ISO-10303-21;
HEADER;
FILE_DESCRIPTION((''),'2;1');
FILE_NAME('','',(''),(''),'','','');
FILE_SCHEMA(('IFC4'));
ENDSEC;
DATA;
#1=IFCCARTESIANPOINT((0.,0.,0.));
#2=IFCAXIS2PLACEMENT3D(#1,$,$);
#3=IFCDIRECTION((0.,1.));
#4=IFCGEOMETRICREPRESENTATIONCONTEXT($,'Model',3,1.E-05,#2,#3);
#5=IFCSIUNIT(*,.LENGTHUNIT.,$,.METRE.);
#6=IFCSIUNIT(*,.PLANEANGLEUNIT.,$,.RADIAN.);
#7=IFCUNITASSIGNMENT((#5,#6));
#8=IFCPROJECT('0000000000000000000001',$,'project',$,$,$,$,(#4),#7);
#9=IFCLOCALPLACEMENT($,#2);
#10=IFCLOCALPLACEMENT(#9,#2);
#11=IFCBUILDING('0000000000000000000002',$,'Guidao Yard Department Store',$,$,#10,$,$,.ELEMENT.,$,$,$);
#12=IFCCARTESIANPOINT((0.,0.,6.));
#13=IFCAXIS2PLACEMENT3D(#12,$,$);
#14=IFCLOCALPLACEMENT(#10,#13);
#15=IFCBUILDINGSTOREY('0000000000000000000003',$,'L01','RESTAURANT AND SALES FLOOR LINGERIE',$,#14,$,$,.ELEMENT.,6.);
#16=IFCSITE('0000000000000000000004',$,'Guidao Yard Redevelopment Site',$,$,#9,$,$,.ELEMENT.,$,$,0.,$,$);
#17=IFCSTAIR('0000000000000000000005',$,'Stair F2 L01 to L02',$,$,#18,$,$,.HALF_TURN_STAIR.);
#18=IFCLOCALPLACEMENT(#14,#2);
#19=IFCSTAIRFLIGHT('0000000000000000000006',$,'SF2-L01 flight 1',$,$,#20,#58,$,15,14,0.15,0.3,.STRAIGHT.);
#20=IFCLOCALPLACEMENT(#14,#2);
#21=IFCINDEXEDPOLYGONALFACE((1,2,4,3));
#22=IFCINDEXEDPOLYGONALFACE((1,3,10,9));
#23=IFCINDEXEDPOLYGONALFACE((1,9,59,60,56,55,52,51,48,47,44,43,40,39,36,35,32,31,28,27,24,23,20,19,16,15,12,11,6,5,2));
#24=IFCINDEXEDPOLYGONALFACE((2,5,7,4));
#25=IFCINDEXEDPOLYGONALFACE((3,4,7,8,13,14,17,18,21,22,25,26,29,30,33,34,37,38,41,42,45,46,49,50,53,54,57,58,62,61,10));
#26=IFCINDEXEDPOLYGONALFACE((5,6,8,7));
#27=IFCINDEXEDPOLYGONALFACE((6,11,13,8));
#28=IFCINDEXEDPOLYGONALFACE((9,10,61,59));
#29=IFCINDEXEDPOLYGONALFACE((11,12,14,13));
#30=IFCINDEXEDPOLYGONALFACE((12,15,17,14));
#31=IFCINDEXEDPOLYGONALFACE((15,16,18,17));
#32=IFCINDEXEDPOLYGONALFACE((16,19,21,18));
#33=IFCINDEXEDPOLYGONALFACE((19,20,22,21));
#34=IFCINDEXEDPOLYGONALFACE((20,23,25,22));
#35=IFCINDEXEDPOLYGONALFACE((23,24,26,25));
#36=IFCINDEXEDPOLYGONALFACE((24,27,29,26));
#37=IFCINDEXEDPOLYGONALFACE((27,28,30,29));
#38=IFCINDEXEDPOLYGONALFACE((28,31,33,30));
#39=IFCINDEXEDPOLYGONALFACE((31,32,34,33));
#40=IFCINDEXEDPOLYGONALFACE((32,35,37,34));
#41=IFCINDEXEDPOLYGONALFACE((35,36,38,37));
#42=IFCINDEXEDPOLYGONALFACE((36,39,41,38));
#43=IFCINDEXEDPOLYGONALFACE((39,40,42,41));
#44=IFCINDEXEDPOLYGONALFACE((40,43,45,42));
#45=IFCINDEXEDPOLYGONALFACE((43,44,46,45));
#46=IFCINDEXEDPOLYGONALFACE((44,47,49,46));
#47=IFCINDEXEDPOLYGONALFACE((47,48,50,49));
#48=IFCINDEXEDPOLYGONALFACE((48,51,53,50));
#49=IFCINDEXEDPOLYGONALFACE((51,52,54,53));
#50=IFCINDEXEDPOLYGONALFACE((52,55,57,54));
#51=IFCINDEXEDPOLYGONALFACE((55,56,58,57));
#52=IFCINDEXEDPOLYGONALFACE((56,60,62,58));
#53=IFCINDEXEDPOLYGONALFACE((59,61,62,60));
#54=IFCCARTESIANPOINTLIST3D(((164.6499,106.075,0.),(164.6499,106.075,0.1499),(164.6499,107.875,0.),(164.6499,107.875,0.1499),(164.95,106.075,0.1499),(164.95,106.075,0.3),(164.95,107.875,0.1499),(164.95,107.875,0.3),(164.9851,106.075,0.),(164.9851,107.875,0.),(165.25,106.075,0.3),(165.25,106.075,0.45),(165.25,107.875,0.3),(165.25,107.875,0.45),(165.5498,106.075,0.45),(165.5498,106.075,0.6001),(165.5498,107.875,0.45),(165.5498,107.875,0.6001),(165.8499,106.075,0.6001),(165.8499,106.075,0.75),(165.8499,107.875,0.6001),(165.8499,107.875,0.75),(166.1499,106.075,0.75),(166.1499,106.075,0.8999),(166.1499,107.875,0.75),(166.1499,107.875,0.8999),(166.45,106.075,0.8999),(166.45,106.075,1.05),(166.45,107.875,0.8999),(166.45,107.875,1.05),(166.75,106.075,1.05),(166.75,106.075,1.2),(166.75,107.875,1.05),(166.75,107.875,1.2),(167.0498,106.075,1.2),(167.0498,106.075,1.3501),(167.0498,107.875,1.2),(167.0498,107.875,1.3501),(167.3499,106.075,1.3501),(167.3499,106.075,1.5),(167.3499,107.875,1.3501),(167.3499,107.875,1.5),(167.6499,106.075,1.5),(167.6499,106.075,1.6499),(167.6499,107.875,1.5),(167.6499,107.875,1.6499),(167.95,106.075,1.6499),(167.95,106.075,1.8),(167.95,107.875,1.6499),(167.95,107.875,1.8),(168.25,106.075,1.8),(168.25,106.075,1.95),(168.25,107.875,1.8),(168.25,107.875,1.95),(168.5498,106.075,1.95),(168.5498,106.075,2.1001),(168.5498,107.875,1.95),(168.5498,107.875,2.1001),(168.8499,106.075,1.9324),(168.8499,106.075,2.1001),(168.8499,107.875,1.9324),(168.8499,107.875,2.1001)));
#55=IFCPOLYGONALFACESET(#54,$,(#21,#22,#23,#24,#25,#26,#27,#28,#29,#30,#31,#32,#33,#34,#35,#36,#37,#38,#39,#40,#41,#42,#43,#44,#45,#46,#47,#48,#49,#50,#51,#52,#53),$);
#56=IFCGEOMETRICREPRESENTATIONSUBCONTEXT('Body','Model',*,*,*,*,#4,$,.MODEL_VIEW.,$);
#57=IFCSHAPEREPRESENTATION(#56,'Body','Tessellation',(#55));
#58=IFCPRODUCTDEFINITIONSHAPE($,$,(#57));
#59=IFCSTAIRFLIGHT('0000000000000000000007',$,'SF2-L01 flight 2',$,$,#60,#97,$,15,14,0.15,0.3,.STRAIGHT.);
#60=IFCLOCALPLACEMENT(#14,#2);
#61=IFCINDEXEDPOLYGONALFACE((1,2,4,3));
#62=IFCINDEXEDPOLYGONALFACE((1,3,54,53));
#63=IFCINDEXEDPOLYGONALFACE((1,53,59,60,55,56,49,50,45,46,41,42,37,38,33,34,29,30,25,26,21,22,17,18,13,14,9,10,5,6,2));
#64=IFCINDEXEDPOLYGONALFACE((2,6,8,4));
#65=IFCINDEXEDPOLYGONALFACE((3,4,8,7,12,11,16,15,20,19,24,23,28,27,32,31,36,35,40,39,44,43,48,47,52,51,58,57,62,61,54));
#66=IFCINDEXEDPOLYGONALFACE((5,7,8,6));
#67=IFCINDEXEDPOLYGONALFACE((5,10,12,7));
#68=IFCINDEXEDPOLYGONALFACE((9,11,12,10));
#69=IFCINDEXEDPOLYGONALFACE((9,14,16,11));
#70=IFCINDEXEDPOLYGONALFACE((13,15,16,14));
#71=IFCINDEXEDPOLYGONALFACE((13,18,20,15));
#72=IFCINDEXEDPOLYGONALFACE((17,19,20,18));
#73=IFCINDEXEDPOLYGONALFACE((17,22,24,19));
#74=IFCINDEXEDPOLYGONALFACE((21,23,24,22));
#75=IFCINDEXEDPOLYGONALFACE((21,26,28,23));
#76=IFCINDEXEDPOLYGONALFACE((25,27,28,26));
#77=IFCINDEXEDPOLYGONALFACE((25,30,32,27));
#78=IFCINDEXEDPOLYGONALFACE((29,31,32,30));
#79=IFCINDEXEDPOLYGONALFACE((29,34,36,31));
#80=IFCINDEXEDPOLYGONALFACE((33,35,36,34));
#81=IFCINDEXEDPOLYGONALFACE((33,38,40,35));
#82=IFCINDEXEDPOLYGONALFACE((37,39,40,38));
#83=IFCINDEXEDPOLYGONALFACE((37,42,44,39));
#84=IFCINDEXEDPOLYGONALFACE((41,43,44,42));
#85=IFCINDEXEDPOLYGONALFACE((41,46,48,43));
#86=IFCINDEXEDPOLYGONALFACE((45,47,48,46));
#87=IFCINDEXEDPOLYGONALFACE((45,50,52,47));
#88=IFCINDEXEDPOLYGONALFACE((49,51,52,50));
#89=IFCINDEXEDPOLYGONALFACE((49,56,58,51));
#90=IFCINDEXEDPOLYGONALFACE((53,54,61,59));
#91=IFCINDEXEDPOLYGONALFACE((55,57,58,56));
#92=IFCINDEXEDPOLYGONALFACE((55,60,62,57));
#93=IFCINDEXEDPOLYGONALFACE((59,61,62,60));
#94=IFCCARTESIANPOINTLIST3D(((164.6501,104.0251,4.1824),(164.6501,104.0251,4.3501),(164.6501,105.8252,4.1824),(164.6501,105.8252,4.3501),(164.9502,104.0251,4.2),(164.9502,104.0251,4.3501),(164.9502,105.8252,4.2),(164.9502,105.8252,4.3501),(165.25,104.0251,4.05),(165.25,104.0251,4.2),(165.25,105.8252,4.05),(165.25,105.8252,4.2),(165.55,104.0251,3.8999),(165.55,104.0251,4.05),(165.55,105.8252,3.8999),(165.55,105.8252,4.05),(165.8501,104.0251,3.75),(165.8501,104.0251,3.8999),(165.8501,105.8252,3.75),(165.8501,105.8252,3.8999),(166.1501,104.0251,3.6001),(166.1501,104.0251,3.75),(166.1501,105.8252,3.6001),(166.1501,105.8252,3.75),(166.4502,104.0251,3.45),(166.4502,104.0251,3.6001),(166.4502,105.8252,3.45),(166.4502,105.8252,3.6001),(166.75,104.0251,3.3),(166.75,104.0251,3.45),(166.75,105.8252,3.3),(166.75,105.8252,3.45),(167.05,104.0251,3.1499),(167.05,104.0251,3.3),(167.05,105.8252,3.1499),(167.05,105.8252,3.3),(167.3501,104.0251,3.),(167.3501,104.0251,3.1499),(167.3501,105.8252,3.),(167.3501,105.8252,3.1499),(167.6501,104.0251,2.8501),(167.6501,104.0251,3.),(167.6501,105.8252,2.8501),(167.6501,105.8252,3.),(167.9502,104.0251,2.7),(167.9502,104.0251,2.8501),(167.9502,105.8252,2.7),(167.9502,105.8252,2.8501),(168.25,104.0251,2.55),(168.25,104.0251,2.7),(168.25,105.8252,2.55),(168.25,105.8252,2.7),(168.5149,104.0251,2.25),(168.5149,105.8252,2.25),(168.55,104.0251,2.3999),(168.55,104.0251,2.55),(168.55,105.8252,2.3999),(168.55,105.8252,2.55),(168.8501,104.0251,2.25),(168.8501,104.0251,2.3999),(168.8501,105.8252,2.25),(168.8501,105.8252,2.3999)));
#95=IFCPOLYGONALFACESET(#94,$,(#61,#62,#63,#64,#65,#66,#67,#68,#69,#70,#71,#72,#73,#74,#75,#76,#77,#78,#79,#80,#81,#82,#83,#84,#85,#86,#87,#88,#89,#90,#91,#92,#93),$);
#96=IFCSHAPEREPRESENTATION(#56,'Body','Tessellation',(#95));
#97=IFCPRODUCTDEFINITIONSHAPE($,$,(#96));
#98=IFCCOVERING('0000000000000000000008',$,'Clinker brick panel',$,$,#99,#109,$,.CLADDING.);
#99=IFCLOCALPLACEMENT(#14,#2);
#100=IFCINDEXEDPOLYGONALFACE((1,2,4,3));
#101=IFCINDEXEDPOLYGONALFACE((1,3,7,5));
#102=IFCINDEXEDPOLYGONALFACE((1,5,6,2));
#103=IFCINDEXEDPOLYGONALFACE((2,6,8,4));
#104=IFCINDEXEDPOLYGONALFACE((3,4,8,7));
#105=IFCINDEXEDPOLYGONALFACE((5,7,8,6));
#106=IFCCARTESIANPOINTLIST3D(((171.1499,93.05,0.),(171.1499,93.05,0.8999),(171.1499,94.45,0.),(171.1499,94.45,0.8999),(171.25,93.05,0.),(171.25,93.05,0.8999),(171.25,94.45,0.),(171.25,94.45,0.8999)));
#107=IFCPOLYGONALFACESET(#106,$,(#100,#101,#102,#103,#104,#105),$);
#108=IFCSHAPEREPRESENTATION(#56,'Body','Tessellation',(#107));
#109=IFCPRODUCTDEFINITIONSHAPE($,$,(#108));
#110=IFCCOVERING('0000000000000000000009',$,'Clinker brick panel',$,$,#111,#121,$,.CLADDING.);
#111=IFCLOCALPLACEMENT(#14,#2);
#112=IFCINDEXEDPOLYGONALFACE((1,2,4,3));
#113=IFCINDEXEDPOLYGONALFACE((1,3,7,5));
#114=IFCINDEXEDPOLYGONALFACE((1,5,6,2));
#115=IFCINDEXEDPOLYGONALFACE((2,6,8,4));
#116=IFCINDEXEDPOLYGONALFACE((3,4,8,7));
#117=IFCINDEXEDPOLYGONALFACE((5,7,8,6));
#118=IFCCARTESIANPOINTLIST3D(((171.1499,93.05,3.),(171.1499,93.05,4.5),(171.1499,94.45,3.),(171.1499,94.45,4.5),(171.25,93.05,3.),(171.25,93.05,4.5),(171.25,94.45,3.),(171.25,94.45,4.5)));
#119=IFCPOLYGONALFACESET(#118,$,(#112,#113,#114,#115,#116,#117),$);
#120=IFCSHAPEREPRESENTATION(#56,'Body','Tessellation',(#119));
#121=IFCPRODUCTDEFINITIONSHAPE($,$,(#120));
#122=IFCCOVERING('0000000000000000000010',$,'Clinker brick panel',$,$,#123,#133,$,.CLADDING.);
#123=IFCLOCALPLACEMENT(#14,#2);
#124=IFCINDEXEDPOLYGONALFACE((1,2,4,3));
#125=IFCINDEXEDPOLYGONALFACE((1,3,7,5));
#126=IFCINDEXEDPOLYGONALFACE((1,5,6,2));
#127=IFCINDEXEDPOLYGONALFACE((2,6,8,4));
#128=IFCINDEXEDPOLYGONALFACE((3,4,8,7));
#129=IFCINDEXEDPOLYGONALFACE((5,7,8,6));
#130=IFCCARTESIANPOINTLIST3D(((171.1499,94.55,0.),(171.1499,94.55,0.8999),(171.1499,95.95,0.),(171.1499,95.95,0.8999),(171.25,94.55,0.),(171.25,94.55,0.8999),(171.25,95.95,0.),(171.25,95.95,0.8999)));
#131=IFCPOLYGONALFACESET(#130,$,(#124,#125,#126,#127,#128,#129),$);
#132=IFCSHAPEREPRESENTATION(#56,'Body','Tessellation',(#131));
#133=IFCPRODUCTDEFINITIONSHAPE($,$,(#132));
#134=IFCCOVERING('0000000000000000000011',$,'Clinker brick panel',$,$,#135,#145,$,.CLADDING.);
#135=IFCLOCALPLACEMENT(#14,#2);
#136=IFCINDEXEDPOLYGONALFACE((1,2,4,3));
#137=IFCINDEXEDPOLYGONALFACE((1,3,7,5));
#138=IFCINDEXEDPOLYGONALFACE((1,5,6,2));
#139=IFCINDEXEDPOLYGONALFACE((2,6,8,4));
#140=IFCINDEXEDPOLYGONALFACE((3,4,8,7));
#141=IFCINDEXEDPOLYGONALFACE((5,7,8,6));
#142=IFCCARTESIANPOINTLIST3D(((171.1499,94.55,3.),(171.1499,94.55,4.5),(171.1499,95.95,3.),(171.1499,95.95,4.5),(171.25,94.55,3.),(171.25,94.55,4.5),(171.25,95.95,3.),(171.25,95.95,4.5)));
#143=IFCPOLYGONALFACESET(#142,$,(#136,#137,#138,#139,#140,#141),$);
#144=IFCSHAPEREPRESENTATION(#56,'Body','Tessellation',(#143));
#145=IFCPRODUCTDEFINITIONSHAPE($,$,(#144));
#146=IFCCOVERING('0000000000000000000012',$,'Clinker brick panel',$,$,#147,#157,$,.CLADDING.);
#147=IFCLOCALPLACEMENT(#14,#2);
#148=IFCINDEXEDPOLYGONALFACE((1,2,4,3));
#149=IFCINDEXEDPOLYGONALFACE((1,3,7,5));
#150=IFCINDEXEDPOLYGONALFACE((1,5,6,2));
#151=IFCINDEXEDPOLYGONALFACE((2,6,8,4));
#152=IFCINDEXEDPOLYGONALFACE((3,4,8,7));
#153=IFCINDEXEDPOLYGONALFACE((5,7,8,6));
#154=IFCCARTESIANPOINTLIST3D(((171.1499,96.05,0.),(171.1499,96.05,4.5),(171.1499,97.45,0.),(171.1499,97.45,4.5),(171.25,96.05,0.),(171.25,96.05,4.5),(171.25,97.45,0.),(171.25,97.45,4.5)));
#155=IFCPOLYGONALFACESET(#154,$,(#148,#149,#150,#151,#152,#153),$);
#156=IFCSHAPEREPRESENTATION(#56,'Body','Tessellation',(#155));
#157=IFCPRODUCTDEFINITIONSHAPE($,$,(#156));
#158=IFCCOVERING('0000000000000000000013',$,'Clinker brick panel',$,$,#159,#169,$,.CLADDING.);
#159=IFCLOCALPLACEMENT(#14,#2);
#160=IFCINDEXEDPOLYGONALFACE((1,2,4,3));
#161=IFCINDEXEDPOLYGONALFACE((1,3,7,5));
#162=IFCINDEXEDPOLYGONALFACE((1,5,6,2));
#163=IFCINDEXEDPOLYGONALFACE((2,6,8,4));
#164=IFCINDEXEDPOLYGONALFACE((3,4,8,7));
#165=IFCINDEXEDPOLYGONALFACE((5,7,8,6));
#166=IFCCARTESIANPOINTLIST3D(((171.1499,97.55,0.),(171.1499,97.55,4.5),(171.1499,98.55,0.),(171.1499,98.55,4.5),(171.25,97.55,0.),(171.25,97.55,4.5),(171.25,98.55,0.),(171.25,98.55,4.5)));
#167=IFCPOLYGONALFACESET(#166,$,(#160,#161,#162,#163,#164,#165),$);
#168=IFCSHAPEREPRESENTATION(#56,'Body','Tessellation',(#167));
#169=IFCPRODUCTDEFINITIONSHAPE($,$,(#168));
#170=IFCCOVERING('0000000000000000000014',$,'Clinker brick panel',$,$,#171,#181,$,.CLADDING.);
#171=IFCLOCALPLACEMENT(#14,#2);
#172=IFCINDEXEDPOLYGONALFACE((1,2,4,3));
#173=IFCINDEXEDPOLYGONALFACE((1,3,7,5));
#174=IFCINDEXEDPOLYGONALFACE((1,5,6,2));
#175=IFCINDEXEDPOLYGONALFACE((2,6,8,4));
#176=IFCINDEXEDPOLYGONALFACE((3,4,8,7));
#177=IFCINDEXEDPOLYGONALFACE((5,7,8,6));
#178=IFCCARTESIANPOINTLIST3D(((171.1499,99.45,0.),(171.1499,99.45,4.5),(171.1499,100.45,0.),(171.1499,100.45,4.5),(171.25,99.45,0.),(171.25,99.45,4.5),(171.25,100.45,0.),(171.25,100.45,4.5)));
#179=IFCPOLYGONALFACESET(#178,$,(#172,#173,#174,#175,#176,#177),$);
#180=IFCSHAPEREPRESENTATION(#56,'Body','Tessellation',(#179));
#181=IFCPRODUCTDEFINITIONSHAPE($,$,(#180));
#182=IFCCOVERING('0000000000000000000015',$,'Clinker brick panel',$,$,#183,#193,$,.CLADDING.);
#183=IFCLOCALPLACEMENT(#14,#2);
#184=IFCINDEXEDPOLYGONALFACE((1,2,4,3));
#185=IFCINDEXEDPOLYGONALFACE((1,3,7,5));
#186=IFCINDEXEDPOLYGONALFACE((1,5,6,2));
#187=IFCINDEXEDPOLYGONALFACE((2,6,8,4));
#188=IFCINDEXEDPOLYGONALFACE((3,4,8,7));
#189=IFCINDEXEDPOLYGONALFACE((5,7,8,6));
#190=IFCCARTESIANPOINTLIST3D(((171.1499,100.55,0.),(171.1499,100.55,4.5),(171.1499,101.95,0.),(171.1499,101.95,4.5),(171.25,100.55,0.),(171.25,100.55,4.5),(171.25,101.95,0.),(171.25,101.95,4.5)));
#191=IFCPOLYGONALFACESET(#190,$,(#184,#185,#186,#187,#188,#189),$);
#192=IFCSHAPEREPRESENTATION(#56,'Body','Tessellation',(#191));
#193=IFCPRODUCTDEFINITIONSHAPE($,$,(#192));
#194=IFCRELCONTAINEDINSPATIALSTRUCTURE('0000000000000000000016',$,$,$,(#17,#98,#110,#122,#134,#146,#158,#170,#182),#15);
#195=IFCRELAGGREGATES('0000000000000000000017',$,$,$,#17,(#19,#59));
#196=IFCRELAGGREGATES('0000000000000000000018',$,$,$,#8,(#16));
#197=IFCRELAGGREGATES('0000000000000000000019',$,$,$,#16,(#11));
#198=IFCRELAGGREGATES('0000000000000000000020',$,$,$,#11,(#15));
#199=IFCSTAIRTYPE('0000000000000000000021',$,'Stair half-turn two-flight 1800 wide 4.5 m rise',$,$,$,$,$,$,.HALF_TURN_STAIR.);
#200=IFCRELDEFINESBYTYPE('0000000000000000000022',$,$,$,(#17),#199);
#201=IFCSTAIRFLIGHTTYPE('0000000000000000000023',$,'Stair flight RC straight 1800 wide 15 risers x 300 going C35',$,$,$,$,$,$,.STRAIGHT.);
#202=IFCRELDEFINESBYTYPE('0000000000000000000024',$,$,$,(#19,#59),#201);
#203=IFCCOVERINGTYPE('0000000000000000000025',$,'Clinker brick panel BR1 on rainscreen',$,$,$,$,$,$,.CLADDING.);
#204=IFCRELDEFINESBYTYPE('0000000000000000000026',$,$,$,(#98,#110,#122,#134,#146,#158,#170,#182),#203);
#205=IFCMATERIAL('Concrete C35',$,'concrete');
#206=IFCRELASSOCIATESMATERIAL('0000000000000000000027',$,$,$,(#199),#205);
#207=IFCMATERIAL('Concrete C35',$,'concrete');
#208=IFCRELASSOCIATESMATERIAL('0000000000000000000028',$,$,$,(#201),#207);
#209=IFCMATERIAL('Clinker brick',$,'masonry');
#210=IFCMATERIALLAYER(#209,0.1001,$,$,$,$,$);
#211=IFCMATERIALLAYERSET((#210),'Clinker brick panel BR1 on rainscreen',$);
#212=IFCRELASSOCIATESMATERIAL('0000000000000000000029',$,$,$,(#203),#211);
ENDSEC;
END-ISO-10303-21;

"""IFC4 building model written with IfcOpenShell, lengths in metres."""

from ifc_helpers import new_model, si_unit, direction, frame, origin, origin_2d, place, context, subcontext, project, spatial, polyline, rectangle, outline, extrude, material, layer, layer_set, type_object, element, aggregate, save


model = new_model("IFC4")

# Units and contexts
model_context = context("Model", 3, precision=1e-05, world=origin(), true_north=direction((0.0, 1.0)))
body_context = subcontext(model_context, "Body", "Model", "MODEL_VIEW")
ifc_project = project(units=[si_unit("LENGTHUNIT", "METRE"), si_unit("PLANEANGLEUNIT", "RADIAN")], contexts=[model_context])

# Site, building, storey
site_placement = place(None, origin())
site = spatial("IfcSite", under=ifc_project, at=site_placement, Name="Guidao Yard Redevelopment Site", CompositionType="ELEMENT", RefElevation=0.0)
building_placement = place(site_placement, origin())
building = spatial("IfcBuilding", under=site, at=building_placement, Name="Guidao Yard Department Store", CompositionType="ELEMENT")
storey_placement = place(building_placement, frame((0.0, 0.0, 6.0)))
storey = spatial("IfcBuildingStorey", under=building, at=storey_placement, Name="L01", Description="RESTAURANT AND SALES FLOOR LINGERIE", CompositionType="ELEMENT", Elevation=6.0)

# Stair, stair flights
ifc_material_1 = material(Name="Concrete C35", Category="concrete")
stair_type = type_object("IfcStairType", Name="Stair half-turn two-flight 1800 wide 4.5 m rise", PredefinedType="HALF_TURN_STAIR", material=ifc_material_1)
stair_placement = place(storey_placement, origin())
stair = element("IfcStair", 1, at=stair_placement, inside=storey, type_object=stair_type, Name="Stair F2 L01 to L02", PredefinedType="HALF_TURN_STAIR")
ifc_material_2 = material(Name="Concrete C35", Category="concrete")
stair_flight_type = type_object("IfcStairFlightType", Name="Stair flight RC straight 1800 wide 15 risers x 300 going C35", PredefinedType="STRAIGHT", material=ifc_material_2)
stair_flight_1_placement = place(storey_placement, frame((164.6499, 106.9751, 0.0), z_axis=(0.0, 0.0, 1.0), x_axis=(1.0, 0.0, 0.0)))
stair_flight_1 = element("IfcStairFlight", 2, at=stair_flight_1_placement, type_object=stair_flight_type, Name="SF2-L01 flight 1", NumberOfRisers=15, NumberOfTreads=14, PredefinedType="STRAIGHT", RiserHeight=0.15, TreadLength=0.3, context=body_context, shape_type="SweptSolid", body=[
    extrude(outline(polyline([(0.0, 0.0), (0.0, 0.1499), (0.3, 0.1499), (0.3, 0.3), (0.6001, 0.3), (0.6001, 0.45), (0.8999, 0.45), (0.8999, 0.6001), (1.2, 0.6001), (1.2, 0.75), (1.5, 0.75), (1.5, 0.8999), (1.8, 0.8999), (1.8, 1.05), (2.1001, 1.05), (2.1001, 1.2), (2.3999, 1.2), (2.3999, 1.3501), (2.7, 1.3501), (2.7, 1.5), (3.0, 1.5), (3.0, 1.6499), (3.3, 1.6499), (3.3, 1.8), (3.6001, 1.8), (3.6001, 1.95), (3.8999, 1.95), (3.8999, 2.1001), (4.2, 2.1001), (4.2, 2.25), (4.2, 1.9324), (0.3352, 0.0), (0.0, 0.0)])), frame((0.0, 0.8999, 0.0), z_axis=(0.0, -1.0, 0.0), x_axis=(1.0, 0.0, 0.0)), (0.0, 0.0, 1.0), 1.8),
])
stair_flight_2_placement = place(storey_placement, frame((168.8501, 104.925, 2.25), z_axis=(0.0, 0.0, 1.0), x_axis=(-1.0, 0.0, 0.0)))
stair_flight_2 = element("IfcStairFlight", 3, at=stair_flight_2_placement, type_object=stair_flight_type, Name="SF2-L01 flight 2", NumberOfRisers=15, NumberOfTreads=14, PredefinedType="STRAIGHT", RiserHeight=0.15, TreadLength=0.3, context=body_context, shape_type="SweptSolid", body=[
    extrude(outline(polyline([(0.0, 0.0), (0.0, 0.1499), (0.3, 0.1499), (0.3, 0.3), (0.6001, 0.3), (0.6001, 0.45), (0.8999, 0.45), (0.8999, 0.6001), (1.2, 0.6001), (1.2, 0.75), (1.5, 0.75), (1.5, 0.8999), (1.8, 0.8999), (1.8, 1.05), (2.1001, 1.05), (2.1001, 1.2), (2.3999, 1.2), (2.3999, 1.3501), (2.7, 1.3501), (2.7, 1.5), (3.0, 1.5), (3.0, 1.6499), (3.3, 1.6499), (3.3, 1.8), (3.6001, 1.8), (3.6001, 1.95), (3.8999, 1.95), (3.8999, 2.1001), (4.2, 2.1001), (4.2, 2.25), (4.2, 1.9324), (0.3352, 0.0), (0.0, 0.0)])), frame((0.0, 0.8999, 0.0), z_axis=(0.0, -1.0, 0.0), x_axis=(1.0, 0.0, 0.0)), (0.0, 0.0, 1.0), 1.8),
])
aggregate(stair, [stair_flight_1, stair_flight_2])

# Coverings
ifc_material_3 = material(Name="Clinker brick", Category="masonry")
ifc_layer_1 = layer(ifc_material_3, 0.1001)
ifc_layer_set_1 = layer_set([ifc_layer_1], Name="Clinker brick panel BR1 on rainscreen")
covering_type = type_object("IfcCoveringType", Name="Clinker brick panel BR1 on rainscreen", PredefinedType="CLADDING", material=ifc_layer_set_1)
covering_1_placement = place(storey_placement, frame((171.2, 93.75, 0.0), z_axis=(0.0, 0.0, 1.0), x_axis=(0.0, -1.0, 0.0)))
element("IfcCovering", 4, at=covering_1_placement, inside=storey, type_object=covering_type, Name="Clinker brick panel", PredefinedType="CLADDING", context=body_context, shape_type="SweptSolid", body=[
    extrude(rectangle(XDim=1.3999, YDim=0.1001, at=origin_2d()), origin(), (0.0, 0.0, 1.0), 0.8999),
])
covering_2_placement = place(storey_placement, frame((171.2, 93.75, 3.0), z_axis=(0.0, 0.0, 1.0), x_axis=(0.0, -1.0, 0.0)))
element("IfcCovering", 5, at=covering_2_placement, inside=storey, type_object=covering_type, Name="Clinker brick panel", PredefinedType="CLADDING", context=body_context, shape_type="SweptSolid", body=[
    extrude(rectangle(XDim=1.3999, YDim=0.1001, at=origin_2d()), origin(), (0.0, 0.0, 1.0), 1.5),
])
covering_3_placement = place(storey_placement, frame((171.2, 95.25, 0.0), z_axis=(0.0, 0.0, 1.0), x_axis=(0.0, -1.0, 0.0)))
element("IfcCovering", 6, at=covering_3_placement, inside=storey, type_object=covering_type, Name="Clinker brick panel", PredefinedType="CLADDING", context=body_context, shape_type="SweptSolid", body=[
    extrude(rectangle(XDim=1.3999, YDim=0.1001, at=origin_2d()), origin(), (0.0, 0.0, 1.0), 0.8999),
])
covering_4_placement = place(storey_placement, frame((171.2, 95.25, 3.0), z_axis=(0.0, 0.0, 1.0), x_axis=(0.0, -1.0, 0.0)))
element("IfcCovering", 7, at=covering_4_placement, inside=storey, type_object=covering_type, Name="Clinker brick panel", PredefinedType="CLADDING", context=body_context, shape_type="SweptSolid", body=[
    extrude(rectangle(XDim=1.3999, YDim=0.1001, at=origin_2d()), origin(), (0.0, 0.0, 1.0), 1.5),
])
covering_5_placement = place(storey_placement, frame((171.2, 96.75, 0.0), z_axis=(0.0, 0.0, 1.0), x_axis=(0.0, -1.0, 0.0)))
element("IfcCovering", 8, at=covering_5_placement, inside=storey, type_object=covering_type, Name="Clinker brick panel", PredefinedType="CLADDING", context=body_context, shape_type="SweptSolid", body=[
    extrude(rectangle(XDim=1.3999, YDim=0.1001, at=origin_2d()), origin(), (0.0, 0.0, 1.0), 4.5),
])
for number, where, z_axis, x_axis, name in (
    (9, (171.2, 98.05, 0.0), (0.0, 0.0, 1.0), (0.0, -1.0, 0.0), "Clinker brick panel"),
    (10, (171.2, 99.95, 0.0), (0.0, 0.0, 1.0), (0.0, -1.0, 0.0), "Clinker brick panel"),
):
    element("IfcCovering", number, at=place(storey_placement, frame(where, z_axis=z_axis, x_axis=x_axis)), inside=storey, type_object=covering_type, Name=name, PredefinedType="CLADDING", context=body_context, shape_type="SweptSolid", body=[
        extrude(rectangle(XDim=1.0, YDim=0.1001, at=origin_2d()), origin(), (0.0, 0.0, 1.0), 4.5),
    ])
for number, where, z_axis, x_axis, name in (
    (11, (171.2, 101.25, 0.0), (0.0, 0.0, 1.0), (0.0, -1.0, 0.0), "Clinker brick panel"),
):
    element("IfcCovering", number, at=place(storey_placement, frame(where, z_axis=z_axis, x_axis=x_axis)), inside=storey, type_object=covering_type, Name=name, PredefinedType="CLADDING", context=body_context, shape_type="SweptSolid", body=[
        extrude(rectangle(XDim=1.3999, YDim=0.1001, at=origin_2d()), origin(), (0.0, 0.0, 1.0), 4.5),
    ])

save(model, "model.ifc")
